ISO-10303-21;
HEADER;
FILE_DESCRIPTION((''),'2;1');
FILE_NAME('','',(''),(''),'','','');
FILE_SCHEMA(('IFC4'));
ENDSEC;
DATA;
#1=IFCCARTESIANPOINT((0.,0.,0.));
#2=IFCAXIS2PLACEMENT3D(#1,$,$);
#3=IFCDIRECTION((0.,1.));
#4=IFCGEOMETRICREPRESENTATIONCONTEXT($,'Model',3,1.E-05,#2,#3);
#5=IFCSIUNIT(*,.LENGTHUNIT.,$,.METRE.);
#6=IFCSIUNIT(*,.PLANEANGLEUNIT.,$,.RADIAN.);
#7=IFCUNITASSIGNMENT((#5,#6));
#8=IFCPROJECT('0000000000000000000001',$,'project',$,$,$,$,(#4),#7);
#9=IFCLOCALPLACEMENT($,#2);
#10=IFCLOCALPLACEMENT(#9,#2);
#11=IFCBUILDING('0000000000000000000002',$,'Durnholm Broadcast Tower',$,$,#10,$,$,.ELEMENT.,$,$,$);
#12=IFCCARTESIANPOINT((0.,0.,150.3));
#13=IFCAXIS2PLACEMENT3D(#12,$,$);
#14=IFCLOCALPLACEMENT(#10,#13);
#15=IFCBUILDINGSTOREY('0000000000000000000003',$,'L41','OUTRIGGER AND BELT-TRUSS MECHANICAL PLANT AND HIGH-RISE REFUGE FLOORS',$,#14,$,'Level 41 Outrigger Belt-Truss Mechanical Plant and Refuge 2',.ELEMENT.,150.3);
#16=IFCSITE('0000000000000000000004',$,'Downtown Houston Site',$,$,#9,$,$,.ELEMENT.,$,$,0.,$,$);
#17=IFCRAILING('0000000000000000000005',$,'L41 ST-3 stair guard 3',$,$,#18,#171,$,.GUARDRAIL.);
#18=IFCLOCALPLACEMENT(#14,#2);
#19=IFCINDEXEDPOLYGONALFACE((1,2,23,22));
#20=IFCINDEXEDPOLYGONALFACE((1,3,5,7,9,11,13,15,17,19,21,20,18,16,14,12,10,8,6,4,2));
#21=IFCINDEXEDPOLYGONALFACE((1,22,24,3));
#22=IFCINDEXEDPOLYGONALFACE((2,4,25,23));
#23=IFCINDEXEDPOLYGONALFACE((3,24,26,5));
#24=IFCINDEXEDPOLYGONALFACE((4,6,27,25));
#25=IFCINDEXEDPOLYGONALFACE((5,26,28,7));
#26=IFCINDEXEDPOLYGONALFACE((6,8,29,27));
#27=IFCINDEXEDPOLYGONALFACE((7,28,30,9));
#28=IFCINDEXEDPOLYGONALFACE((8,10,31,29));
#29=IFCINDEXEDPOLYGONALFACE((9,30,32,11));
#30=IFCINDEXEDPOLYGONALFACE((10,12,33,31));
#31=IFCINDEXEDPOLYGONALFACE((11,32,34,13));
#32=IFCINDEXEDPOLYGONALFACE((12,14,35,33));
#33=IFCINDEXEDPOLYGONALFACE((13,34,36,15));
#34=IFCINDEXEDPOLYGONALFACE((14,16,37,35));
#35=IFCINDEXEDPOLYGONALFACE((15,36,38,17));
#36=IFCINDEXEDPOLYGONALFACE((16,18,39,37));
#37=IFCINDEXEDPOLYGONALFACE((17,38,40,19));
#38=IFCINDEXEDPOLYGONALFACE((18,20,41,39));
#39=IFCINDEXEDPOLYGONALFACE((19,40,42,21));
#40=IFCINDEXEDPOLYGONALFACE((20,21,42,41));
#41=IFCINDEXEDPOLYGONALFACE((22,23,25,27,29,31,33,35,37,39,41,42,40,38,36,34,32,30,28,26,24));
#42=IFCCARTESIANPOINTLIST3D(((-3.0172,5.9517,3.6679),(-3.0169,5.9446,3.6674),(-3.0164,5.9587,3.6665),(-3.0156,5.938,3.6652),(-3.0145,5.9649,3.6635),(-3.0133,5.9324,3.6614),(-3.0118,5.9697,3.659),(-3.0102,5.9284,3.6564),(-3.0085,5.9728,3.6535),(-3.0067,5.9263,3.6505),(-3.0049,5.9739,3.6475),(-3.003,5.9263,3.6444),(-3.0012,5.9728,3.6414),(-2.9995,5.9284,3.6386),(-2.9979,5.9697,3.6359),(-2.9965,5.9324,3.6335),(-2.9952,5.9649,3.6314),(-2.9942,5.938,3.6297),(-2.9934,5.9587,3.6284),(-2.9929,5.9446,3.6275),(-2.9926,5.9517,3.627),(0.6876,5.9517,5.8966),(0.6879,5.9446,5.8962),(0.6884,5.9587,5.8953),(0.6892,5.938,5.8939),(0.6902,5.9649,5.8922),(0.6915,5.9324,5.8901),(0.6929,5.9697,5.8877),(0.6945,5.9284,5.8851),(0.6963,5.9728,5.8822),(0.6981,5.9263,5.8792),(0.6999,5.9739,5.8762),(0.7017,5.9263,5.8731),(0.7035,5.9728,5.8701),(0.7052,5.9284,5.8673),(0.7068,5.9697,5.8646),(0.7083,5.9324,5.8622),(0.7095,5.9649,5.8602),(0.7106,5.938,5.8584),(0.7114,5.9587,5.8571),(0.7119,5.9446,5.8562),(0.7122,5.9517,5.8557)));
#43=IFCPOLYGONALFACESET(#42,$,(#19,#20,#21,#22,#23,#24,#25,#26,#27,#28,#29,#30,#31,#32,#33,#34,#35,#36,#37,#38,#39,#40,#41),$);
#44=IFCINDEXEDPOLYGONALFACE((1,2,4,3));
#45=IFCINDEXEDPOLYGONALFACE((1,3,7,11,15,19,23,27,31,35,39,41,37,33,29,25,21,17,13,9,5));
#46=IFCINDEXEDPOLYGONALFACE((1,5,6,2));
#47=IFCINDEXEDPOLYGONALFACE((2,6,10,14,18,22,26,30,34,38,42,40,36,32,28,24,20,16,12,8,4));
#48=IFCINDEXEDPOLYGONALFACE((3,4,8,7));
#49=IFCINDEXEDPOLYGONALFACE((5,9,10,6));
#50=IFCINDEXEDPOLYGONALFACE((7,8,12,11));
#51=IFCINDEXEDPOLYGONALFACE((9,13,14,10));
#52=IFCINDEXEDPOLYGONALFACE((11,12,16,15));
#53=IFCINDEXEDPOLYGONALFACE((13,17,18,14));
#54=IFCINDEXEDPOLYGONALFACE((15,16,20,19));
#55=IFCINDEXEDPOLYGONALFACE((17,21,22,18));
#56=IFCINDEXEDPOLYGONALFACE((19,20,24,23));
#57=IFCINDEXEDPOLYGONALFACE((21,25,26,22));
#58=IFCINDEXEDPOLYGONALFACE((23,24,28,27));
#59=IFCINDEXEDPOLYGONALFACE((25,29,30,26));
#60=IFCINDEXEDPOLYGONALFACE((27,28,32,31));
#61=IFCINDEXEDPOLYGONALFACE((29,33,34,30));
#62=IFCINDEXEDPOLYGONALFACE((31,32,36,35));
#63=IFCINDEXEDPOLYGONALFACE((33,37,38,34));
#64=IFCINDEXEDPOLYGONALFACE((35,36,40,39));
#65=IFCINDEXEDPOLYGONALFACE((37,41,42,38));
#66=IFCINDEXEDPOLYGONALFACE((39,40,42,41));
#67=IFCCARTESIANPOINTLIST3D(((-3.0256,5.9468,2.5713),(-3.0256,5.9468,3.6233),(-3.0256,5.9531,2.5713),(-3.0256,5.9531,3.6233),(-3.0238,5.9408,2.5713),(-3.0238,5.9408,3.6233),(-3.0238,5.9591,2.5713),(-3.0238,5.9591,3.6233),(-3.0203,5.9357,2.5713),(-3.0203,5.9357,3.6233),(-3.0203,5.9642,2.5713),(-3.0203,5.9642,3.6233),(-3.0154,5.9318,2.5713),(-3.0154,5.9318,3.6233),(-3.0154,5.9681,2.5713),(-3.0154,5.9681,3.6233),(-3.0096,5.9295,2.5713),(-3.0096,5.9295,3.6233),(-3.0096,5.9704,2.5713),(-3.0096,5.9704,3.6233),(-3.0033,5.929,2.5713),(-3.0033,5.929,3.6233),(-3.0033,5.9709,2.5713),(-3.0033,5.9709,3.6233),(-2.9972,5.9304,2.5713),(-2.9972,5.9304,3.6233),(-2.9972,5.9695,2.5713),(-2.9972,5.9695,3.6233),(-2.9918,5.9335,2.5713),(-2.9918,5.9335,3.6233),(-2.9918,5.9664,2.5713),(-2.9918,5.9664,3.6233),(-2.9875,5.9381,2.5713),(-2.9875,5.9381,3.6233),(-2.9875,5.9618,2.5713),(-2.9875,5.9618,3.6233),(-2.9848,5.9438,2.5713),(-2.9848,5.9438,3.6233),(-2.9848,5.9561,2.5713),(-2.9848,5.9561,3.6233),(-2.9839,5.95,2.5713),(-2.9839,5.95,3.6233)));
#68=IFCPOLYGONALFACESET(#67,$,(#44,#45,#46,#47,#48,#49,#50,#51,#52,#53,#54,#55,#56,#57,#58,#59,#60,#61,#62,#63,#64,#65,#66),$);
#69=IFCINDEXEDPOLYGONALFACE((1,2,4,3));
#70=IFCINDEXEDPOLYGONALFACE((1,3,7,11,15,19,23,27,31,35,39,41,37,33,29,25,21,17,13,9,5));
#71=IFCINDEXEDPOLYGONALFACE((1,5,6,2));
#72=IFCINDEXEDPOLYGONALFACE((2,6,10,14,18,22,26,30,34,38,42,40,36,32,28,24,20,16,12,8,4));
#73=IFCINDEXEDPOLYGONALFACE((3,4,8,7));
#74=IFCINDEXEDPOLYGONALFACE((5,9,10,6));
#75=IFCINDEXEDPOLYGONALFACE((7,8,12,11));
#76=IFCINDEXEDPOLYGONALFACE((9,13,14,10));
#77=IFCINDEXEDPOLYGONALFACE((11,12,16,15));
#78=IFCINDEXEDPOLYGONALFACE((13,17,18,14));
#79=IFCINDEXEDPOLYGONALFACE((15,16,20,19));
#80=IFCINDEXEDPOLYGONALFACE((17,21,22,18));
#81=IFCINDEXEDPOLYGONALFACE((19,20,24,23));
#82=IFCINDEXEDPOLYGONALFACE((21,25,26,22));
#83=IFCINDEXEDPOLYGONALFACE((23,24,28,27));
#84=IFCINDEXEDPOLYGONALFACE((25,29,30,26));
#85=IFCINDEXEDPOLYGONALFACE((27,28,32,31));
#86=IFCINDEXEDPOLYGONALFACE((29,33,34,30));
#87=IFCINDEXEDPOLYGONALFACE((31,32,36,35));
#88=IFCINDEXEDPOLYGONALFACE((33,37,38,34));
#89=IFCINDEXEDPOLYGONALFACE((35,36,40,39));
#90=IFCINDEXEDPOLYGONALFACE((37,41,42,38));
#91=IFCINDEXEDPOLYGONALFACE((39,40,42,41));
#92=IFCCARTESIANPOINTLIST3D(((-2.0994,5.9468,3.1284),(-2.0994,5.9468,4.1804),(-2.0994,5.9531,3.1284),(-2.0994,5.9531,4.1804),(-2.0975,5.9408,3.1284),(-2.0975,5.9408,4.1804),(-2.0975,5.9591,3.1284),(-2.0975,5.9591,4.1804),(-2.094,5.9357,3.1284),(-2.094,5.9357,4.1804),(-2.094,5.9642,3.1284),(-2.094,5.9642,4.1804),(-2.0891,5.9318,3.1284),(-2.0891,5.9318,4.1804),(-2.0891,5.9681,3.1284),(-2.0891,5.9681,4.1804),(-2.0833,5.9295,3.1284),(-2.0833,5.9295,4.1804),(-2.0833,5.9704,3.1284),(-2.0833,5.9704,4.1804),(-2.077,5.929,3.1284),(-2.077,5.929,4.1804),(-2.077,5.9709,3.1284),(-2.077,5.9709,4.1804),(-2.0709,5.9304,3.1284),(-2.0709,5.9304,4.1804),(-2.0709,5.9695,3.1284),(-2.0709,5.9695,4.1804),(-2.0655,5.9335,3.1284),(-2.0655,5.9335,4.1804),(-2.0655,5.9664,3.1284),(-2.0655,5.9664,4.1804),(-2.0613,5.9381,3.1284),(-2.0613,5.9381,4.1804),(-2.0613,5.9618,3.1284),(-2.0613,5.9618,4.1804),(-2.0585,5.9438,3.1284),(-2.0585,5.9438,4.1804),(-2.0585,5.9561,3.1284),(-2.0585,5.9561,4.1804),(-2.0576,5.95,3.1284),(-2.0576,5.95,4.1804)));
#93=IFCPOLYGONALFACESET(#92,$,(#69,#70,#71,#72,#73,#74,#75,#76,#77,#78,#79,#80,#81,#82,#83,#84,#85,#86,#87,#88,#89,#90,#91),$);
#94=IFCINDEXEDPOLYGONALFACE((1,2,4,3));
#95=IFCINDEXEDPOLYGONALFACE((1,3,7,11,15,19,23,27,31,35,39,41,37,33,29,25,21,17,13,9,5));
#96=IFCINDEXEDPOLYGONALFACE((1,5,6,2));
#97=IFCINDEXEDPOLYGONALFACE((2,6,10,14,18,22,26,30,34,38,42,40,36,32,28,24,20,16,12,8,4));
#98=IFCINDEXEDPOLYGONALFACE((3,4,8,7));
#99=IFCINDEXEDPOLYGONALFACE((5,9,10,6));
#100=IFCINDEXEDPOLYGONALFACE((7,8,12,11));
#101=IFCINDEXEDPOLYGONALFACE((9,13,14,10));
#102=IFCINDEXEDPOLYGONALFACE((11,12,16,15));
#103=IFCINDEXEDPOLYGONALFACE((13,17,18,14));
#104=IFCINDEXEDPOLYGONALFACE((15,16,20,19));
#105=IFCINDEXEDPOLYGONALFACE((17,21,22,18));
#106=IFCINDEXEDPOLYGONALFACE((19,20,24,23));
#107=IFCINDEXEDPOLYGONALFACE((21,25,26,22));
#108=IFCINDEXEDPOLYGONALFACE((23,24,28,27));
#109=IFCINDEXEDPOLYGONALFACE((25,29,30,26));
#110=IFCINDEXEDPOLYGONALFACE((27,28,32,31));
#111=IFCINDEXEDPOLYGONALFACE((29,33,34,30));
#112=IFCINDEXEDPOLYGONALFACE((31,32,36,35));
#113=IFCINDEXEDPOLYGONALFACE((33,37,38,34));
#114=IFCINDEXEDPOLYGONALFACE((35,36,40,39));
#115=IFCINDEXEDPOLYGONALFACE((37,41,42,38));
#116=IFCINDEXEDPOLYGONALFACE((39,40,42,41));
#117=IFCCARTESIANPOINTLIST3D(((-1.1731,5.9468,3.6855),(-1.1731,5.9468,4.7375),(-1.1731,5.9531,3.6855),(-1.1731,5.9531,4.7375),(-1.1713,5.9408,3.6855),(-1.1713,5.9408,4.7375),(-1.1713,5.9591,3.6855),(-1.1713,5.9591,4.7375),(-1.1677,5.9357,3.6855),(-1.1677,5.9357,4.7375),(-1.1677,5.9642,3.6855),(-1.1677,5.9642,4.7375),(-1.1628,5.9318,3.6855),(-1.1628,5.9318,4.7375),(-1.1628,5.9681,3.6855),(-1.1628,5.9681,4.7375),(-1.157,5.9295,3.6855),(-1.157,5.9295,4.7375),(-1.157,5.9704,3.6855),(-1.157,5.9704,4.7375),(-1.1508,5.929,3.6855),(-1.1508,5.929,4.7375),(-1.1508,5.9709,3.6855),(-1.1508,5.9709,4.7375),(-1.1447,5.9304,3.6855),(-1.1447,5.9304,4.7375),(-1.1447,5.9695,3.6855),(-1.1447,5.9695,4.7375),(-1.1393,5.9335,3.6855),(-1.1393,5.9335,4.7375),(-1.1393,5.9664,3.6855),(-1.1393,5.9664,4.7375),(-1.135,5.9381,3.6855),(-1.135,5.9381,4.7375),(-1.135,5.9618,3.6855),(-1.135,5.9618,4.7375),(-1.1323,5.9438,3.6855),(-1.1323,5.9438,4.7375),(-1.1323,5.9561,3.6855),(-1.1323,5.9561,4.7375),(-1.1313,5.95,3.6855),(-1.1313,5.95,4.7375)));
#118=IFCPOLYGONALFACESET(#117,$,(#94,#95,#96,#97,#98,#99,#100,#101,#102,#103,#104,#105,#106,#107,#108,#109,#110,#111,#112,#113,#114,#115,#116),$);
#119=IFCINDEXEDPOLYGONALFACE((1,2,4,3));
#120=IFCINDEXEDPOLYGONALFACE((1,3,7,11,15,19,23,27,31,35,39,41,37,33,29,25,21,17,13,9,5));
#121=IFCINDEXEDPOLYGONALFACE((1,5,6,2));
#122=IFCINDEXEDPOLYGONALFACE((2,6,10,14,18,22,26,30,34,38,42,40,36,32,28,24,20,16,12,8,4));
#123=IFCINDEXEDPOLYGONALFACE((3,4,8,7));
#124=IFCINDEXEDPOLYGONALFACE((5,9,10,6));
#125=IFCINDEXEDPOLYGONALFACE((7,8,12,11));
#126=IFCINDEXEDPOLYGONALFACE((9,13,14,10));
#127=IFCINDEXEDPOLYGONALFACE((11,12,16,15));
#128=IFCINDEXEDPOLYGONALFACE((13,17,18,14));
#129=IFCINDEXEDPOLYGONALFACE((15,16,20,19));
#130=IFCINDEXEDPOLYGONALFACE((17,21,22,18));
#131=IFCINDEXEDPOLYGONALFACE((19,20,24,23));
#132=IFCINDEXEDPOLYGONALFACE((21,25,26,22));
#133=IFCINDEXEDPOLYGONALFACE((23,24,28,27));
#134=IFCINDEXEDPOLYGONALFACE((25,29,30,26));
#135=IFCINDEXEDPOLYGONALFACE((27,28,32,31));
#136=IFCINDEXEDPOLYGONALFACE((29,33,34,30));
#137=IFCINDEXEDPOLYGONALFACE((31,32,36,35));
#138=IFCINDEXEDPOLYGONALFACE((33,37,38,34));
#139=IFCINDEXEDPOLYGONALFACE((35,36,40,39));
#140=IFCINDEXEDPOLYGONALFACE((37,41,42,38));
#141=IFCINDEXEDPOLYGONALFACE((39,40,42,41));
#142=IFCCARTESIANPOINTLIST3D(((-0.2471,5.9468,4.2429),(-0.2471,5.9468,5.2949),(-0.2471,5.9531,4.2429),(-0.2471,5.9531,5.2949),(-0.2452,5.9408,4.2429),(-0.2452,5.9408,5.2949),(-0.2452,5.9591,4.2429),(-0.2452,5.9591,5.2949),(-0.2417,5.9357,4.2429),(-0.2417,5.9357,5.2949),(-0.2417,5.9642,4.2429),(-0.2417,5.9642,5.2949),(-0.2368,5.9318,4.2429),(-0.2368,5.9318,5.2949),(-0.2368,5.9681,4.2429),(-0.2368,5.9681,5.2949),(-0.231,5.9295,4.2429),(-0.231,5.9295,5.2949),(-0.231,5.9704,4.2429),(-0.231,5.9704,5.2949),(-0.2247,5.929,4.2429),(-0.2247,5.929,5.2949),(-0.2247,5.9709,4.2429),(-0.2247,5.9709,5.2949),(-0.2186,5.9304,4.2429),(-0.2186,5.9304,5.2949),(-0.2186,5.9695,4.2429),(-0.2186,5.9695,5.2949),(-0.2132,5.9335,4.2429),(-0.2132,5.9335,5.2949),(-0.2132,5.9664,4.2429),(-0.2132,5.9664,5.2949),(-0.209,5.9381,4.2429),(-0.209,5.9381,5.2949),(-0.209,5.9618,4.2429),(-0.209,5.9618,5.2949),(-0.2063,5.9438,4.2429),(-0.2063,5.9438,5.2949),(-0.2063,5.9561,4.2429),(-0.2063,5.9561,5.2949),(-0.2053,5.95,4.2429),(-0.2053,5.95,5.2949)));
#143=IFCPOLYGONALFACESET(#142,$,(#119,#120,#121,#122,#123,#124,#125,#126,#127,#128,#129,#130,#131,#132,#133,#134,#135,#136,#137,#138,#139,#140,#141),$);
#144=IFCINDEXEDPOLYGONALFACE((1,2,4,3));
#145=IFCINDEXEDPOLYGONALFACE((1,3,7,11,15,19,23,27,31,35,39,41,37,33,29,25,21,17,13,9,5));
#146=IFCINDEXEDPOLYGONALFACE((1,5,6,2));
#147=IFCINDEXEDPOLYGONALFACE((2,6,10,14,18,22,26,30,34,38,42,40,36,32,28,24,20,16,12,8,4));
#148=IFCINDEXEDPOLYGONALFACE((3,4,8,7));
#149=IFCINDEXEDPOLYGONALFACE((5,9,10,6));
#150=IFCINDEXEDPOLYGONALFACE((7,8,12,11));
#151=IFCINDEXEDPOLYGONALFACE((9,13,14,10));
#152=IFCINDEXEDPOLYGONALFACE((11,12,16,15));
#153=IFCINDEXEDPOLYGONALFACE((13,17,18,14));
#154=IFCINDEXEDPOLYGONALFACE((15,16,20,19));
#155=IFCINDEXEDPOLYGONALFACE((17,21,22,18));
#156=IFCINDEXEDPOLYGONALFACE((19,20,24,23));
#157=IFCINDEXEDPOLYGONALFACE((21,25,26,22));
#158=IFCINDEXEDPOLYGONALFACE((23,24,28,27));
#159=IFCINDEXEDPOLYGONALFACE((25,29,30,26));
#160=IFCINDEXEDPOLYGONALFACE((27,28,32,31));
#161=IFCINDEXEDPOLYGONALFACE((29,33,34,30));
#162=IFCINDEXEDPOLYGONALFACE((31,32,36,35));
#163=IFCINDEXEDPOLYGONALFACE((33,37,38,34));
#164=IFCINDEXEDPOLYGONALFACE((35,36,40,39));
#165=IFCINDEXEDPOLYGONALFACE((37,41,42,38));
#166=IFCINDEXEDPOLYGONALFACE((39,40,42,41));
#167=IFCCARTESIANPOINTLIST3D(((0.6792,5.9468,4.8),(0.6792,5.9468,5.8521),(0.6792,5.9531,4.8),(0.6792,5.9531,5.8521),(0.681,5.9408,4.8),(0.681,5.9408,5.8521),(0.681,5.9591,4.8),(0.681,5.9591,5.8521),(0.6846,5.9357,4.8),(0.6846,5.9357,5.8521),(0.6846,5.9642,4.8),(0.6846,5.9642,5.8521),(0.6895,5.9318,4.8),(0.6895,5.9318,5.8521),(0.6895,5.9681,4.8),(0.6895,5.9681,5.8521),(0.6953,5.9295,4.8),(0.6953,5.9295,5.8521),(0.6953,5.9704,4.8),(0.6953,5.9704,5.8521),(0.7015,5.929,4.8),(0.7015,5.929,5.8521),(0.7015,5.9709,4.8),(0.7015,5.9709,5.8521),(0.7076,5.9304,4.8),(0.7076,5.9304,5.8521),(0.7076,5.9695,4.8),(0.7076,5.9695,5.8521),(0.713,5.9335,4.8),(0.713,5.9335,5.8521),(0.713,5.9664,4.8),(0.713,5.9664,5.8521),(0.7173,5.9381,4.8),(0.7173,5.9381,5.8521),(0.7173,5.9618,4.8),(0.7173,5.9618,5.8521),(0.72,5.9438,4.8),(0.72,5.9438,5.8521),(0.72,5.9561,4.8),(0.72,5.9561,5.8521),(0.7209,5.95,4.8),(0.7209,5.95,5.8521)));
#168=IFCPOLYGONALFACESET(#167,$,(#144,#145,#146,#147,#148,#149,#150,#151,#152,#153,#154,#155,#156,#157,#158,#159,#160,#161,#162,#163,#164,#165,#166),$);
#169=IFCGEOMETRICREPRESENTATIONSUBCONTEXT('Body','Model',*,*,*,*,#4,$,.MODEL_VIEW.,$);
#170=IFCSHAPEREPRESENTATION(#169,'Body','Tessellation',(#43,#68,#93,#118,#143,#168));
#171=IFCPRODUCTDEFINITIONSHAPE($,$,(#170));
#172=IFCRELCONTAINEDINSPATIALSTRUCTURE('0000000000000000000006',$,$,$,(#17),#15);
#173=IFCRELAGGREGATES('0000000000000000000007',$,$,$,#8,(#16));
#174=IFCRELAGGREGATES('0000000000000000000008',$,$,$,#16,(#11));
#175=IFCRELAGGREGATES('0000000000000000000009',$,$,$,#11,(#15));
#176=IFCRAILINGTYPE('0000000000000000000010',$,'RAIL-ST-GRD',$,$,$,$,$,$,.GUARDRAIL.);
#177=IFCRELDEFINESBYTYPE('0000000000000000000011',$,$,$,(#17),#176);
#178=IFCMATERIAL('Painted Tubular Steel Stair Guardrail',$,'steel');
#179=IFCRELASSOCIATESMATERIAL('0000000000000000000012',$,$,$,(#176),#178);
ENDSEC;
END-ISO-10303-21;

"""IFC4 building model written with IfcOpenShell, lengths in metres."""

from ifc_helpers import new_model, si_unit, direction, frame, origin, origin_2d, place, context, subcontext, project, spatial, circle, extrude, material, type_object, element, save


model = new_model("IFC4")

# Units and contexts
model_context = context("Model", 3, precision=1e-05, world=origin(), true_north=direction((0.0, 1.0)))
body_context = subcontext(model_context, "Body", "Model", "MODEL_VIEW")
ifc_project = project(units=[si_unit("LENGTHUNIT", "METRE"), si_unit("PLANEANGLEUNIT", "RADIAN")], contexts=[model_context])

# Site, building, storey
site_placement = place(None, origin())
site = spatial("IfcSite", under=ifc_project, at=site_placement, Name="Downtown Houston Site", CompositionType="ELEMENT", RefElevation=0.0)
building_placement = place(site_placement, origin())
building = spatial("IfcBuilding", under=site, at=building_placement, Name="Durnholm Broadcast Tower", CompositionType="ELEMENT")
storey_placement = place(building_placement, frame((0.0, 0.0, 150.3)))
storey = spatial("IfcBuildingStorey", under=building, at=storey_placement, Name="L41", Description="OUTRIGGER AND BELT-TRUSS MECHANICAL PLANT AND HIGH-RISE REFUGE FLOORS", LongName="Level 41 Outrigger Belt-Truss Mechanical Plant and Refuge 2", CompositionType="ELEMENT", Elevation=150.3)

# Railing
ifc_material_1 = material(Name="Painted Tubular Steel Stair Guardrail", Category="steel")
railing_type_1 = type_object("IfcRailingType", Name="RAIL-ST-GRD", PredefinedType="GUARDRAIL", material=ifc_material_1)
railing_1_placement = place(storey_placement, frame((-3.0049, 5.95, 2.5713)))
element("IfcRailing", 1, at=railing_1_placement, inside=storey, type_object=railing_type_1, Name="L41 ST-3 stair guard 3", PredefinedType="GUARDRAIL", context=body_context, shape_type="SweptSolid", body=[
    extrude(circle(Radius=0.0239, at=origin_2d()), frame((0.0, 0.0, 1.0762), z_axis=(0.856894, 0.0, 0.515492), x_axis=(0.0, 1.0, 0.0)), (0.0, 0.0, 1.0), 4.3235),
    extrude(circle(Radius=0.021, at=origin_2d()), origin(), (0.0, 0.0, 1.0), 1.052),
    extrude(circle(Radius=0.021, at=origin_2d()), frame((0.9263, 0.0, 0.5571)), (0.0, 0.0, 1.0), 1.052),
    extrude(circle(Radius=0.021, at=origin_2d()), frame((1.8525, 0.0, 1.1143)), (0.0, 0.0, 1.0), 1.052),
    extrude(circle(Radius=0.021, at=origin_2d()), frame((2.7786, 0.0, 1.6716)), (0.0, 0.0, 1.0), 1.052),
    extrude(circle(Radius=0.021, at=origin_2d()), frame((3.7048, 0.0, 2.2288)), (0.0, 0.0, 1.0), 1.052),
])

save(model, "model.ifc")
